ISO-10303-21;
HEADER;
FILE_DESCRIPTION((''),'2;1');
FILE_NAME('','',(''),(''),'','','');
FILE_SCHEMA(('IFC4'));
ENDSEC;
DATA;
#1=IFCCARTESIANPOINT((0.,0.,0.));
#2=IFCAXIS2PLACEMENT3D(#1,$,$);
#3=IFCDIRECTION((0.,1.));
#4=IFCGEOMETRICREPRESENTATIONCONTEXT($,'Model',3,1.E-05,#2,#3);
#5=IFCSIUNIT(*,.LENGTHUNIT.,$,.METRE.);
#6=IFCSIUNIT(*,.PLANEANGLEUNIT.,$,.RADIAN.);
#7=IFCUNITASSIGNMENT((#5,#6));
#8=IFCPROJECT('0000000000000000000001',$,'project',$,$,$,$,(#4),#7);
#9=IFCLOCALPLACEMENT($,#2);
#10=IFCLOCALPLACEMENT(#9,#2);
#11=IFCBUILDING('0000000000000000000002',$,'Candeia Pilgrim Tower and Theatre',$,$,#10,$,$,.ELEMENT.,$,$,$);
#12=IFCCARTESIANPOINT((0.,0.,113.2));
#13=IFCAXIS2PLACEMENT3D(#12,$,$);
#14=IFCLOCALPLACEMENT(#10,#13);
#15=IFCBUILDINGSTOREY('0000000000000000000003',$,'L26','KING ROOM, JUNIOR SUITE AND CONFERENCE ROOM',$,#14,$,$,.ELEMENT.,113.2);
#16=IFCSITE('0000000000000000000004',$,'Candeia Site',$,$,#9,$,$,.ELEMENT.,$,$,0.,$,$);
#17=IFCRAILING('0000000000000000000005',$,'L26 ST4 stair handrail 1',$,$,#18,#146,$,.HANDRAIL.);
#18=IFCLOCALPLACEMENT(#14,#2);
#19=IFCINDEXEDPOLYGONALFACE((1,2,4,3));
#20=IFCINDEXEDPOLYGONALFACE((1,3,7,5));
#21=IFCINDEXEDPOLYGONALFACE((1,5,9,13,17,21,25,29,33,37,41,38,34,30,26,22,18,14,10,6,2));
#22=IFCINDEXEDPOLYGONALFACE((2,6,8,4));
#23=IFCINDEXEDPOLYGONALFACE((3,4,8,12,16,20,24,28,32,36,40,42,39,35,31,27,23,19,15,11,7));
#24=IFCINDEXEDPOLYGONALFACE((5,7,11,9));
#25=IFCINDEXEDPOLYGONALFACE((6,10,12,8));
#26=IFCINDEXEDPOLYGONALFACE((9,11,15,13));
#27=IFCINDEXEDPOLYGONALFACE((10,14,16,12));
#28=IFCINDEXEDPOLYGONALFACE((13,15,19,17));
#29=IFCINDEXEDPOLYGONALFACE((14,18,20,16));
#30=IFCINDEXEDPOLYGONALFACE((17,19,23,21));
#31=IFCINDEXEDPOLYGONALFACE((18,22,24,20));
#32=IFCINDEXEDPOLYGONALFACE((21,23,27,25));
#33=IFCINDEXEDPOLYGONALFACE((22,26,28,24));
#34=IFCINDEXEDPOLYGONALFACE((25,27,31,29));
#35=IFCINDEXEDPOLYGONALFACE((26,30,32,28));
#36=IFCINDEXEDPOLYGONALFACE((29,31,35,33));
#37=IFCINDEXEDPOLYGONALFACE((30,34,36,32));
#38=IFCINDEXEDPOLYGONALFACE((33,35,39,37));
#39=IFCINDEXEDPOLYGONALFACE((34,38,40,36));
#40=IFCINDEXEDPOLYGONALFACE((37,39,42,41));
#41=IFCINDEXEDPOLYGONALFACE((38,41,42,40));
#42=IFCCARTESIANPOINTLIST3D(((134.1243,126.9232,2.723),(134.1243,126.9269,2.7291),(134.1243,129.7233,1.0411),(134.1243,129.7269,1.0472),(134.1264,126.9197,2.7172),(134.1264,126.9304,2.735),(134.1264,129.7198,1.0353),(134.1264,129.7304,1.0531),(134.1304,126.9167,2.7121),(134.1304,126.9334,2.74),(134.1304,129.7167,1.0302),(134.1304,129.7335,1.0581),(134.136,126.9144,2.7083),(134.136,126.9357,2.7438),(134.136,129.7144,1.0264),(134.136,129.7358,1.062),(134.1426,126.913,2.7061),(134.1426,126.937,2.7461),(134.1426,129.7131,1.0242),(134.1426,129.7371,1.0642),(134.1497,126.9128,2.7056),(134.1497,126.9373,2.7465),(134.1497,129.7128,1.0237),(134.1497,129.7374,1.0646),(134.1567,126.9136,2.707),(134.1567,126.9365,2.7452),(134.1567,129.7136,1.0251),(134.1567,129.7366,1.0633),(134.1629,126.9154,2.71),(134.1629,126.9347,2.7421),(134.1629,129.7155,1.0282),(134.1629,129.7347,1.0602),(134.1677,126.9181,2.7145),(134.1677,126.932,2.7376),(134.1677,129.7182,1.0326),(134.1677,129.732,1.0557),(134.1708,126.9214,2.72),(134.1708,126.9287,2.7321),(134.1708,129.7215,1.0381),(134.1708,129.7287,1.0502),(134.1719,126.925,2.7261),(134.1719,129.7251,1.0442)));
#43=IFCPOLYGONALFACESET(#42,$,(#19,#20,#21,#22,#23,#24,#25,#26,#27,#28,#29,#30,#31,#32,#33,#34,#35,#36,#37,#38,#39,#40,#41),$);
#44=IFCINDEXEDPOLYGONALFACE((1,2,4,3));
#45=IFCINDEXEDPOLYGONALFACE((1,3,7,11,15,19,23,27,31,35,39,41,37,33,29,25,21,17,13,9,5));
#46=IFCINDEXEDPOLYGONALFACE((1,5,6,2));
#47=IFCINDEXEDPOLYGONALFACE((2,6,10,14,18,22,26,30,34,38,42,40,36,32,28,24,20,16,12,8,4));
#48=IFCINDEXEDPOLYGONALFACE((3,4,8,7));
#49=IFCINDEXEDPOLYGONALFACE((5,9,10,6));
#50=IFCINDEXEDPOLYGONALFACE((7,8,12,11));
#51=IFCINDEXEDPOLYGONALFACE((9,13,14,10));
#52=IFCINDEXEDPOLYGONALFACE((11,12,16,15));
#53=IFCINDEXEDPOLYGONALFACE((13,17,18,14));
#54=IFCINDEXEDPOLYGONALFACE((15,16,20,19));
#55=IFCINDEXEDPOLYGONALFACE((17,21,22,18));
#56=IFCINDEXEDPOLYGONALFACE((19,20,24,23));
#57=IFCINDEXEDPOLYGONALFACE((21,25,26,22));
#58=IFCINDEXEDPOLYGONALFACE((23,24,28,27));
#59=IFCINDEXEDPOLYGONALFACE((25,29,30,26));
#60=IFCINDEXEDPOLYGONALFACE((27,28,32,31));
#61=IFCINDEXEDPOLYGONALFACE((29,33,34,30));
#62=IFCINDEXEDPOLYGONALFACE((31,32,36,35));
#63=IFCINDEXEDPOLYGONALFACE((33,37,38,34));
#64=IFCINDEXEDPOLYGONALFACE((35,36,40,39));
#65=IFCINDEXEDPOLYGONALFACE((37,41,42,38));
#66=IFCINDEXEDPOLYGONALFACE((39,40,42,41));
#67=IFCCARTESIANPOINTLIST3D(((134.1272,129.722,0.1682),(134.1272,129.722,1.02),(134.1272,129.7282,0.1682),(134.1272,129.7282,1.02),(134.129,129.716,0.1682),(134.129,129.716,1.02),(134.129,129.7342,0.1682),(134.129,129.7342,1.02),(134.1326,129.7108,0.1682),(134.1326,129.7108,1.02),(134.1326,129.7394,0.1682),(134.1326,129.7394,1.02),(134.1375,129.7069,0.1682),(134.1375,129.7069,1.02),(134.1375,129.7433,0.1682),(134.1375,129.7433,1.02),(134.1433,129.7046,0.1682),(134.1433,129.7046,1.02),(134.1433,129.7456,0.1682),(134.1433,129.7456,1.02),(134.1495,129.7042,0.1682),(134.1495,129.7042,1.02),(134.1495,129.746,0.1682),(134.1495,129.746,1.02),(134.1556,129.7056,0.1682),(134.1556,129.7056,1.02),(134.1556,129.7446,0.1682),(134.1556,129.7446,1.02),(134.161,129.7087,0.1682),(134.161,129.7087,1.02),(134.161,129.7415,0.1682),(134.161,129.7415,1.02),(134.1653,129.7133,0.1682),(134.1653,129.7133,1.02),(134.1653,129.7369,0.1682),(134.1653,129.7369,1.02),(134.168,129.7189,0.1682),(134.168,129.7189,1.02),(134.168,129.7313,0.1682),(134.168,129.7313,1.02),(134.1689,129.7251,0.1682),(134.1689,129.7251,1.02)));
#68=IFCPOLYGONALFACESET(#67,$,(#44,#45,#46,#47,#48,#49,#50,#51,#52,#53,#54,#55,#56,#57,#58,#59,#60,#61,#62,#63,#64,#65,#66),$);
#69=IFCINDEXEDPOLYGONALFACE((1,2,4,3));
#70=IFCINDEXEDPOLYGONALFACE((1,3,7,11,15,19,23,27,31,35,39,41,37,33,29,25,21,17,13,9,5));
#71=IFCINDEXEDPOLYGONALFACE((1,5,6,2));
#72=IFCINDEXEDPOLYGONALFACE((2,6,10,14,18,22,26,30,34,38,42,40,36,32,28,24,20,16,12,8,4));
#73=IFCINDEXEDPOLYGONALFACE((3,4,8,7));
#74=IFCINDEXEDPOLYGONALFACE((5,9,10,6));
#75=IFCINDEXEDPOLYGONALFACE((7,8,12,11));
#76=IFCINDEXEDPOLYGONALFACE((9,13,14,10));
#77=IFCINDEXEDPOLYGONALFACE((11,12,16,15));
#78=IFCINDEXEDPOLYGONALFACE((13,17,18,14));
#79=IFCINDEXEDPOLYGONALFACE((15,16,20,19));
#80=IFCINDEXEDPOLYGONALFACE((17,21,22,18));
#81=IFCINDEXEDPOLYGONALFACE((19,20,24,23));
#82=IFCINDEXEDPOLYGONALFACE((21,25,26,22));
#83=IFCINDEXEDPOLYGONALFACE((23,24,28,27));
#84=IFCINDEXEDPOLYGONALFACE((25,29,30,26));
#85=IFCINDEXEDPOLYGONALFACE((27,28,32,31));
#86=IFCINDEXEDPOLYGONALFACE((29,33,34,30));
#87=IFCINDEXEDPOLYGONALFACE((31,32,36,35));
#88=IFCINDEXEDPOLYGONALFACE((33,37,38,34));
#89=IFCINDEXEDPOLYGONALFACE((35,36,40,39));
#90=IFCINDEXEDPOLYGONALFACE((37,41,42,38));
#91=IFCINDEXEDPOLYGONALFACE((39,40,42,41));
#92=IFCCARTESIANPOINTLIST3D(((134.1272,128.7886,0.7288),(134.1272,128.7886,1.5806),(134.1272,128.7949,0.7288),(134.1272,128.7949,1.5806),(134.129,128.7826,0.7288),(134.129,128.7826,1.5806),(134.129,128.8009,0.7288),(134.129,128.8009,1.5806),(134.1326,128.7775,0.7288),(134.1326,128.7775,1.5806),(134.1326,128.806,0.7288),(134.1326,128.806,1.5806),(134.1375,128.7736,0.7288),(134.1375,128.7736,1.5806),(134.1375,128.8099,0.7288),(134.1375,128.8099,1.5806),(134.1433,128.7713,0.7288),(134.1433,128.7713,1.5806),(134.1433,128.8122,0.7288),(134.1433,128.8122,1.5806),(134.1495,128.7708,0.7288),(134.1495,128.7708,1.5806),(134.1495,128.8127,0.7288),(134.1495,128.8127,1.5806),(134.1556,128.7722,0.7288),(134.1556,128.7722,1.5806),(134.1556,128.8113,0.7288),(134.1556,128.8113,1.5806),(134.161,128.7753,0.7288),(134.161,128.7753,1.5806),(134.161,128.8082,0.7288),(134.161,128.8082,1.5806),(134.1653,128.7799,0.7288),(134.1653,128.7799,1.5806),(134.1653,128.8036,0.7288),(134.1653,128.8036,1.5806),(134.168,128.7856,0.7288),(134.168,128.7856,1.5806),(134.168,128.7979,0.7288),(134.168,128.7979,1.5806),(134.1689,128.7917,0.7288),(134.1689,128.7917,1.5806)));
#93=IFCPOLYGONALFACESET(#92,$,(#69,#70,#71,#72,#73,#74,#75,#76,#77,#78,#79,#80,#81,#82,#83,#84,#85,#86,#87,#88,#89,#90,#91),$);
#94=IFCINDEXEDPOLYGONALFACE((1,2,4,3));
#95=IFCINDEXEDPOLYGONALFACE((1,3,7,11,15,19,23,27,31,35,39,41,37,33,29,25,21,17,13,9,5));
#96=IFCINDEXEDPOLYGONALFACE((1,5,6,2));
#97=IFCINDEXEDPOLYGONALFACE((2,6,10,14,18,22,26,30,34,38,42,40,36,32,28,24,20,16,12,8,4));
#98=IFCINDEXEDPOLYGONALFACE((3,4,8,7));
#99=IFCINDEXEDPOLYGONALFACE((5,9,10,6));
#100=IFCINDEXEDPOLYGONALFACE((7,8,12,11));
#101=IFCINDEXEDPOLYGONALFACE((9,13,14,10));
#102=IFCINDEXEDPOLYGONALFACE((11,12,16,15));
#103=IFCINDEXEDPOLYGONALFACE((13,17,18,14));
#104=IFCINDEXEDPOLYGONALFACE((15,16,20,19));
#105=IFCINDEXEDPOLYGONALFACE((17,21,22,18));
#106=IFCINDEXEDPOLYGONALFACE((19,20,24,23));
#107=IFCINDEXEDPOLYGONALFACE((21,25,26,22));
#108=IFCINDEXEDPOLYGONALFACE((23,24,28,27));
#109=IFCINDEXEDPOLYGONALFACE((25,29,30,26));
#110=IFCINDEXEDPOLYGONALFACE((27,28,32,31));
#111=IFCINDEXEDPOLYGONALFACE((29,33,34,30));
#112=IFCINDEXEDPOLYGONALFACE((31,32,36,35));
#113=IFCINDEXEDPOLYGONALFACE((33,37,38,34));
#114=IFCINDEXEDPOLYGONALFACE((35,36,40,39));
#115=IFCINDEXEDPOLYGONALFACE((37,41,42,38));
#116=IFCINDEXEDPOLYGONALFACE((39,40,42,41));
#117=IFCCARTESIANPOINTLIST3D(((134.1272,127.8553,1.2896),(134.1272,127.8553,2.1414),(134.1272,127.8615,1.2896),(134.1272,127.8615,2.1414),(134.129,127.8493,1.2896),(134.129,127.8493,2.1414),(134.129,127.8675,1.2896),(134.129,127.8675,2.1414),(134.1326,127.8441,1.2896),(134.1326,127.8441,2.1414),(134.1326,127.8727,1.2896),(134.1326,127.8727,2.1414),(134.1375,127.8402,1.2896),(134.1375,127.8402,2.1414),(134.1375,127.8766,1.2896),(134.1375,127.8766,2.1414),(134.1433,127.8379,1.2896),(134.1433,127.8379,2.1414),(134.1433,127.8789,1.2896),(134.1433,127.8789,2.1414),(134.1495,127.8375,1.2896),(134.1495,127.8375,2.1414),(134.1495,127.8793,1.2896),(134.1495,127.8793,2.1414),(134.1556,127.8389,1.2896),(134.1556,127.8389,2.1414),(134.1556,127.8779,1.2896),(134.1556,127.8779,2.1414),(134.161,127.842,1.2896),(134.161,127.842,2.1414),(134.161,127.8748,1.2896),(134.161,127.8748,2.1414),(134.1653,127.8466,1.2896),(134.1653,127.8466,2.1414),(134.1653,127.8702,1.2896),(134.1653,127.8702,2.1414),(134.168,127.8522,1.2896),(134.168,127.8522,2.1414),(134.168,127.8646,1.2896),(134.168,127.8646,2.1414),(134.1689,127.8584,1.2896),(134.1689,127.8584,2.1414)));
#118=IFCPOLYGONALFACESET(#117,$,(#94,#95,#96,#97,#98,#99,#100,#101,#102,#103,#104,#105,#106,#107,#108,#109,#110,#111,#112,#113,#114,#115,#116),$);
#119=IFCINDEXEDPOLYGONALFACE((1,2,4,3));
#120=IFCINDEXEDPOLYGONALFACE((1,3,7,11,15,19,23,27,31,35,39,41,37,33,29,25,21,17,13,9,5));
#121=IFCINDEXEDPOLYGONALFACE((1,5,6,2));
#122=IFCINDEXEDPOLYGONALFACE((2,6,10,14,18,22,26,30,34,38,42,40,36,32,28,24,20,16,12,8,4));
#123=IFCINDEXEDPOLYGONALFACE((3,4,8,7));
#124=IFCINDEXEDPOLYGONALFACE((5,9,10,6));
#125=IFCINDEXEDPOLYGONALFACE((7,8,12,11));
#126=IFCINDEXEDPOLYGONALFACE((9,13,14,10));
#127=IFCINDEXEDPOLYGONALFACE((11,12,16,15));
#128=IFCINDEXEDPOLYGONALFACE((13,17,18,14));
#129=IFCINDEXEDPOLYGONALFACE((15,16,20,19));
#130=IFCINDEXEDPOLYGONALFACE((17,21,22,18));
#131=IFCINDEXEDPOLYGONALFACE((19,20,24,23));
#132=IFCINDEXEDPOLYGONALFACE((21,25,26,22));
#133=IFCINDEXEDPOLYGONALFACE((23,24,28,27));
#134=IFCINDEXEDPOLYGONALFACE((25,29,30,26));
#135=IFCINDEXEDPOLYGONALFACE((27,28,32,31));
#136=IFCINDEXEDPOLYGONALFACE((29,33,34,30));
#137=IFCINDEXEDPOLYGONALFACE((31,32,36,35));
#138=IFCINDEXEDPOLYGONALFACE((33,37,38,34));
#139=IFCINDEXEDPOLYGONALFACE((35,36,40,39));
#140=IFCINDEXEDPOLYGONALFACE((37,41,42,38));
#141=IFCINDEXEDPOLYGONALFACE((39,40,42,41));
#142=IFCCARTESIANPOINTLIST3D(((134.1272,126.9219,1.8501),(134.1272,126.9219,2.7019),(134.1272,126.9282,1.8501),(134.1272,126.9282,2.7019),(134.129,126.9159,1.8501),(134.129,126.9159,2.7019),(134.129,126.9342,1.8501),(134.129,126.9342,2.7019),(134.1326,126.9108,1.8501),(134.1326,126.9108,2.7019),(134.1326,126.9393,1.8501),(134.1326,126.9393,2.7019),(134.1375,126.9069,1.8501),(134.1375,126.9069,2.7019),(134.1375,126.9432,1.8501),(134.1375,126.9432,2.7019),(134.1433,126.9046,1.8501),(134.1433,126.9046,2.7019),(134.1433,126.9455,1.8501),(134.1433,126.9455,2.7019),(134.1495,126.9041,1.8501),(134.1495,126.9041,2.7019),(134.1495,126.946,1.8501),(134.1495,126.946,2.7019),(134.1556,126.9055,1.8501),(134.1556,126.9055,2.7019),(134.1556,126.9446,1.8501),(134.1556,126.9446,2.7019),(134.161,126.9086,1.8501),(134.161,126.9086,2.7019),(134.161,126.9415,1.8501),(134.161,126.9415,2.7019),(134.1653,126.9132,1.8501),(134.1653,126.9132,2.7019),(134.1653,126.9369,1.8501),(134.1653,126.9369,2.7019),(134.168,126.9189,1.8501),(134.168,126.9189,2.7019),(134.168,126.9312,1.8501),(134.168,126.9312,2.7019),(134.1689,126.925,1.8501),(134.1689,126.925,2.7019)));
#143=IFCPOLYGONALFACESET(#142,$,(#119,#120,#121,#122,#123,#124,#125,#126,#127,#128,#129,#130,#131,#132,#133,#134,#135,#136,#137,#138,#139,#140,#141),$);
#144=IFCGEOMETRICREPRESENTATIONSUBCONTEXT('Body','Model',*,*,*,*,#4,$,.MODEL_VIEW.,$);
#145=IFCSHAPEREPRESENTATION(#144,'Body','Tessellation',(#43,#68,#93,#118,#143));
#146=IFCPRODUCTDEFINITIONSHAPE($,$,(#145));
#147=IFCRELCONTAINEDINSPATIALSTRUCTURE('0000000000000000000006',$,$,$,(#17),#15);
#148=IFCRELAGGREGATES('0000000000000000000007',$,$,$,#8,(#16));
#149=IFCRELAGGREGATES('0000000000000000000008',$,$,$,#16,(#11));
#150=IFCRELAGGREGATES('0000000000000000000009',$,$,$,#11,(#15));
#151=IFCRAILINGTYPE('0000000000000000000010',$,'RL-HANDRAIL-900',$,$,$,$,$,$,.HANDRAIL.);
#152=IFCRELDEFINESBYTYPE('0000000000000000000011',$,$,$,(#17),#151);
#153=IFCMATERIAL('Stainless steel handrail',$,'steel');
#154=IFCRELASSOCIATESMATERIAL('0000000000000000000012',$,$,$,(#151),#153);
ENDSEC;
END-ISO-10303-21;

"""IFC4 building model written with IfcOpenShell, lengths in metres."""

from ifc_helpers import new_model, si_unit, direction, frame, origin, origin_2d, place, context, subcontext, project, spatial, circle, extrude, material, type_object, element, save


model = new_model("IFC4")

# Units and contexts
model_context = context("Model", 3, precision=1e-05, world=origin(), true_north=direction((0.0, 1.0)))
body_context = subcontext(model_context, "Body", "Model", "MODEL_VIEW")
ifc_project = project(units=[si_unit("LENGTHUNIT", "METRE"), si_unit("PLANEANGLEUNIT", "RADIAN")], contexts=[model_context])

# Site, building, storey
site_placement = place(None, origin())
site = spatial("IfcSite", under=ifc_project, at=site_placement, Name="Candeia Site", CompositionType="ELEMENT", RefElevation=0.0)
building_placement = place(site_placement, origin())
building = spatial("IfcBuilding", under=site, at=building_placement, Name="Candeia Pilgrim Tower and Theatre", CompositionType="ELEMENT")
storey_placement = place(building_placement, frame((0.0, 0.0, 113.2)))
storey = spatial("IfcBuildingStorey", under=building, at=storey_placement, Name="L26", Description="KING ROOM, JUNIOR SUITE AND CONFERENCE ROOM", CompositionType="ELEMENT", Elevation=113.2)

# Railing
ifc_material_1 = material(Name="Stainless steel handrail", Category="steel")
railing_type_1 = type_object("IfcRailingType", Name="RL-HANDRAIL-900", PredefinedType="HANDRAIL", material=ifc_material_1)
railing_1_placement = place(storey_placement, frame((134.1479, 129.7251, 0.1682)))
element("IfcRailing", 1, at=railing_1_placement, inside=storey, type_object=railing_type_1, Name="L26 ST4 stair handrail 1", PredefinedType="HANDRAIL", context=body_context, shape_type="SweptSolid", body=[
    extrude(circle(Radius=0.0239, at=origin_2d()), frame((0.0, 0.0, 0.876), z_axis=(0.0, -0.857242, 0.514913), x_axis=(1.0, 0.0, 0.0)), (0.0, 0.0, 1.0), 3.2664),
    extrude(circle(Radius=0.021, at=origin_2d()), origin(), (0.0, 0.0, 1.0), 0.8518),
    extrude(circle(Radius=0.021, at=origin_2d()), frame((0.0, -0.9333, 0.5605)), (0.0, 0.0, 1.0), 0.8518),
    extrude(circle(Radius=0.021, at=origin_2d()), frame((0.0, -1.8667, 1.1213)), (0.0, 0.0, 1.0), 0.8518),
    extrude(circle(Radius=0.021, at=origin_2d()), frame((0.0, -2.8, 1.6819)), (0.0, 0.0, 1.0), 0.8518),
])

save(model, "model.ifc")
